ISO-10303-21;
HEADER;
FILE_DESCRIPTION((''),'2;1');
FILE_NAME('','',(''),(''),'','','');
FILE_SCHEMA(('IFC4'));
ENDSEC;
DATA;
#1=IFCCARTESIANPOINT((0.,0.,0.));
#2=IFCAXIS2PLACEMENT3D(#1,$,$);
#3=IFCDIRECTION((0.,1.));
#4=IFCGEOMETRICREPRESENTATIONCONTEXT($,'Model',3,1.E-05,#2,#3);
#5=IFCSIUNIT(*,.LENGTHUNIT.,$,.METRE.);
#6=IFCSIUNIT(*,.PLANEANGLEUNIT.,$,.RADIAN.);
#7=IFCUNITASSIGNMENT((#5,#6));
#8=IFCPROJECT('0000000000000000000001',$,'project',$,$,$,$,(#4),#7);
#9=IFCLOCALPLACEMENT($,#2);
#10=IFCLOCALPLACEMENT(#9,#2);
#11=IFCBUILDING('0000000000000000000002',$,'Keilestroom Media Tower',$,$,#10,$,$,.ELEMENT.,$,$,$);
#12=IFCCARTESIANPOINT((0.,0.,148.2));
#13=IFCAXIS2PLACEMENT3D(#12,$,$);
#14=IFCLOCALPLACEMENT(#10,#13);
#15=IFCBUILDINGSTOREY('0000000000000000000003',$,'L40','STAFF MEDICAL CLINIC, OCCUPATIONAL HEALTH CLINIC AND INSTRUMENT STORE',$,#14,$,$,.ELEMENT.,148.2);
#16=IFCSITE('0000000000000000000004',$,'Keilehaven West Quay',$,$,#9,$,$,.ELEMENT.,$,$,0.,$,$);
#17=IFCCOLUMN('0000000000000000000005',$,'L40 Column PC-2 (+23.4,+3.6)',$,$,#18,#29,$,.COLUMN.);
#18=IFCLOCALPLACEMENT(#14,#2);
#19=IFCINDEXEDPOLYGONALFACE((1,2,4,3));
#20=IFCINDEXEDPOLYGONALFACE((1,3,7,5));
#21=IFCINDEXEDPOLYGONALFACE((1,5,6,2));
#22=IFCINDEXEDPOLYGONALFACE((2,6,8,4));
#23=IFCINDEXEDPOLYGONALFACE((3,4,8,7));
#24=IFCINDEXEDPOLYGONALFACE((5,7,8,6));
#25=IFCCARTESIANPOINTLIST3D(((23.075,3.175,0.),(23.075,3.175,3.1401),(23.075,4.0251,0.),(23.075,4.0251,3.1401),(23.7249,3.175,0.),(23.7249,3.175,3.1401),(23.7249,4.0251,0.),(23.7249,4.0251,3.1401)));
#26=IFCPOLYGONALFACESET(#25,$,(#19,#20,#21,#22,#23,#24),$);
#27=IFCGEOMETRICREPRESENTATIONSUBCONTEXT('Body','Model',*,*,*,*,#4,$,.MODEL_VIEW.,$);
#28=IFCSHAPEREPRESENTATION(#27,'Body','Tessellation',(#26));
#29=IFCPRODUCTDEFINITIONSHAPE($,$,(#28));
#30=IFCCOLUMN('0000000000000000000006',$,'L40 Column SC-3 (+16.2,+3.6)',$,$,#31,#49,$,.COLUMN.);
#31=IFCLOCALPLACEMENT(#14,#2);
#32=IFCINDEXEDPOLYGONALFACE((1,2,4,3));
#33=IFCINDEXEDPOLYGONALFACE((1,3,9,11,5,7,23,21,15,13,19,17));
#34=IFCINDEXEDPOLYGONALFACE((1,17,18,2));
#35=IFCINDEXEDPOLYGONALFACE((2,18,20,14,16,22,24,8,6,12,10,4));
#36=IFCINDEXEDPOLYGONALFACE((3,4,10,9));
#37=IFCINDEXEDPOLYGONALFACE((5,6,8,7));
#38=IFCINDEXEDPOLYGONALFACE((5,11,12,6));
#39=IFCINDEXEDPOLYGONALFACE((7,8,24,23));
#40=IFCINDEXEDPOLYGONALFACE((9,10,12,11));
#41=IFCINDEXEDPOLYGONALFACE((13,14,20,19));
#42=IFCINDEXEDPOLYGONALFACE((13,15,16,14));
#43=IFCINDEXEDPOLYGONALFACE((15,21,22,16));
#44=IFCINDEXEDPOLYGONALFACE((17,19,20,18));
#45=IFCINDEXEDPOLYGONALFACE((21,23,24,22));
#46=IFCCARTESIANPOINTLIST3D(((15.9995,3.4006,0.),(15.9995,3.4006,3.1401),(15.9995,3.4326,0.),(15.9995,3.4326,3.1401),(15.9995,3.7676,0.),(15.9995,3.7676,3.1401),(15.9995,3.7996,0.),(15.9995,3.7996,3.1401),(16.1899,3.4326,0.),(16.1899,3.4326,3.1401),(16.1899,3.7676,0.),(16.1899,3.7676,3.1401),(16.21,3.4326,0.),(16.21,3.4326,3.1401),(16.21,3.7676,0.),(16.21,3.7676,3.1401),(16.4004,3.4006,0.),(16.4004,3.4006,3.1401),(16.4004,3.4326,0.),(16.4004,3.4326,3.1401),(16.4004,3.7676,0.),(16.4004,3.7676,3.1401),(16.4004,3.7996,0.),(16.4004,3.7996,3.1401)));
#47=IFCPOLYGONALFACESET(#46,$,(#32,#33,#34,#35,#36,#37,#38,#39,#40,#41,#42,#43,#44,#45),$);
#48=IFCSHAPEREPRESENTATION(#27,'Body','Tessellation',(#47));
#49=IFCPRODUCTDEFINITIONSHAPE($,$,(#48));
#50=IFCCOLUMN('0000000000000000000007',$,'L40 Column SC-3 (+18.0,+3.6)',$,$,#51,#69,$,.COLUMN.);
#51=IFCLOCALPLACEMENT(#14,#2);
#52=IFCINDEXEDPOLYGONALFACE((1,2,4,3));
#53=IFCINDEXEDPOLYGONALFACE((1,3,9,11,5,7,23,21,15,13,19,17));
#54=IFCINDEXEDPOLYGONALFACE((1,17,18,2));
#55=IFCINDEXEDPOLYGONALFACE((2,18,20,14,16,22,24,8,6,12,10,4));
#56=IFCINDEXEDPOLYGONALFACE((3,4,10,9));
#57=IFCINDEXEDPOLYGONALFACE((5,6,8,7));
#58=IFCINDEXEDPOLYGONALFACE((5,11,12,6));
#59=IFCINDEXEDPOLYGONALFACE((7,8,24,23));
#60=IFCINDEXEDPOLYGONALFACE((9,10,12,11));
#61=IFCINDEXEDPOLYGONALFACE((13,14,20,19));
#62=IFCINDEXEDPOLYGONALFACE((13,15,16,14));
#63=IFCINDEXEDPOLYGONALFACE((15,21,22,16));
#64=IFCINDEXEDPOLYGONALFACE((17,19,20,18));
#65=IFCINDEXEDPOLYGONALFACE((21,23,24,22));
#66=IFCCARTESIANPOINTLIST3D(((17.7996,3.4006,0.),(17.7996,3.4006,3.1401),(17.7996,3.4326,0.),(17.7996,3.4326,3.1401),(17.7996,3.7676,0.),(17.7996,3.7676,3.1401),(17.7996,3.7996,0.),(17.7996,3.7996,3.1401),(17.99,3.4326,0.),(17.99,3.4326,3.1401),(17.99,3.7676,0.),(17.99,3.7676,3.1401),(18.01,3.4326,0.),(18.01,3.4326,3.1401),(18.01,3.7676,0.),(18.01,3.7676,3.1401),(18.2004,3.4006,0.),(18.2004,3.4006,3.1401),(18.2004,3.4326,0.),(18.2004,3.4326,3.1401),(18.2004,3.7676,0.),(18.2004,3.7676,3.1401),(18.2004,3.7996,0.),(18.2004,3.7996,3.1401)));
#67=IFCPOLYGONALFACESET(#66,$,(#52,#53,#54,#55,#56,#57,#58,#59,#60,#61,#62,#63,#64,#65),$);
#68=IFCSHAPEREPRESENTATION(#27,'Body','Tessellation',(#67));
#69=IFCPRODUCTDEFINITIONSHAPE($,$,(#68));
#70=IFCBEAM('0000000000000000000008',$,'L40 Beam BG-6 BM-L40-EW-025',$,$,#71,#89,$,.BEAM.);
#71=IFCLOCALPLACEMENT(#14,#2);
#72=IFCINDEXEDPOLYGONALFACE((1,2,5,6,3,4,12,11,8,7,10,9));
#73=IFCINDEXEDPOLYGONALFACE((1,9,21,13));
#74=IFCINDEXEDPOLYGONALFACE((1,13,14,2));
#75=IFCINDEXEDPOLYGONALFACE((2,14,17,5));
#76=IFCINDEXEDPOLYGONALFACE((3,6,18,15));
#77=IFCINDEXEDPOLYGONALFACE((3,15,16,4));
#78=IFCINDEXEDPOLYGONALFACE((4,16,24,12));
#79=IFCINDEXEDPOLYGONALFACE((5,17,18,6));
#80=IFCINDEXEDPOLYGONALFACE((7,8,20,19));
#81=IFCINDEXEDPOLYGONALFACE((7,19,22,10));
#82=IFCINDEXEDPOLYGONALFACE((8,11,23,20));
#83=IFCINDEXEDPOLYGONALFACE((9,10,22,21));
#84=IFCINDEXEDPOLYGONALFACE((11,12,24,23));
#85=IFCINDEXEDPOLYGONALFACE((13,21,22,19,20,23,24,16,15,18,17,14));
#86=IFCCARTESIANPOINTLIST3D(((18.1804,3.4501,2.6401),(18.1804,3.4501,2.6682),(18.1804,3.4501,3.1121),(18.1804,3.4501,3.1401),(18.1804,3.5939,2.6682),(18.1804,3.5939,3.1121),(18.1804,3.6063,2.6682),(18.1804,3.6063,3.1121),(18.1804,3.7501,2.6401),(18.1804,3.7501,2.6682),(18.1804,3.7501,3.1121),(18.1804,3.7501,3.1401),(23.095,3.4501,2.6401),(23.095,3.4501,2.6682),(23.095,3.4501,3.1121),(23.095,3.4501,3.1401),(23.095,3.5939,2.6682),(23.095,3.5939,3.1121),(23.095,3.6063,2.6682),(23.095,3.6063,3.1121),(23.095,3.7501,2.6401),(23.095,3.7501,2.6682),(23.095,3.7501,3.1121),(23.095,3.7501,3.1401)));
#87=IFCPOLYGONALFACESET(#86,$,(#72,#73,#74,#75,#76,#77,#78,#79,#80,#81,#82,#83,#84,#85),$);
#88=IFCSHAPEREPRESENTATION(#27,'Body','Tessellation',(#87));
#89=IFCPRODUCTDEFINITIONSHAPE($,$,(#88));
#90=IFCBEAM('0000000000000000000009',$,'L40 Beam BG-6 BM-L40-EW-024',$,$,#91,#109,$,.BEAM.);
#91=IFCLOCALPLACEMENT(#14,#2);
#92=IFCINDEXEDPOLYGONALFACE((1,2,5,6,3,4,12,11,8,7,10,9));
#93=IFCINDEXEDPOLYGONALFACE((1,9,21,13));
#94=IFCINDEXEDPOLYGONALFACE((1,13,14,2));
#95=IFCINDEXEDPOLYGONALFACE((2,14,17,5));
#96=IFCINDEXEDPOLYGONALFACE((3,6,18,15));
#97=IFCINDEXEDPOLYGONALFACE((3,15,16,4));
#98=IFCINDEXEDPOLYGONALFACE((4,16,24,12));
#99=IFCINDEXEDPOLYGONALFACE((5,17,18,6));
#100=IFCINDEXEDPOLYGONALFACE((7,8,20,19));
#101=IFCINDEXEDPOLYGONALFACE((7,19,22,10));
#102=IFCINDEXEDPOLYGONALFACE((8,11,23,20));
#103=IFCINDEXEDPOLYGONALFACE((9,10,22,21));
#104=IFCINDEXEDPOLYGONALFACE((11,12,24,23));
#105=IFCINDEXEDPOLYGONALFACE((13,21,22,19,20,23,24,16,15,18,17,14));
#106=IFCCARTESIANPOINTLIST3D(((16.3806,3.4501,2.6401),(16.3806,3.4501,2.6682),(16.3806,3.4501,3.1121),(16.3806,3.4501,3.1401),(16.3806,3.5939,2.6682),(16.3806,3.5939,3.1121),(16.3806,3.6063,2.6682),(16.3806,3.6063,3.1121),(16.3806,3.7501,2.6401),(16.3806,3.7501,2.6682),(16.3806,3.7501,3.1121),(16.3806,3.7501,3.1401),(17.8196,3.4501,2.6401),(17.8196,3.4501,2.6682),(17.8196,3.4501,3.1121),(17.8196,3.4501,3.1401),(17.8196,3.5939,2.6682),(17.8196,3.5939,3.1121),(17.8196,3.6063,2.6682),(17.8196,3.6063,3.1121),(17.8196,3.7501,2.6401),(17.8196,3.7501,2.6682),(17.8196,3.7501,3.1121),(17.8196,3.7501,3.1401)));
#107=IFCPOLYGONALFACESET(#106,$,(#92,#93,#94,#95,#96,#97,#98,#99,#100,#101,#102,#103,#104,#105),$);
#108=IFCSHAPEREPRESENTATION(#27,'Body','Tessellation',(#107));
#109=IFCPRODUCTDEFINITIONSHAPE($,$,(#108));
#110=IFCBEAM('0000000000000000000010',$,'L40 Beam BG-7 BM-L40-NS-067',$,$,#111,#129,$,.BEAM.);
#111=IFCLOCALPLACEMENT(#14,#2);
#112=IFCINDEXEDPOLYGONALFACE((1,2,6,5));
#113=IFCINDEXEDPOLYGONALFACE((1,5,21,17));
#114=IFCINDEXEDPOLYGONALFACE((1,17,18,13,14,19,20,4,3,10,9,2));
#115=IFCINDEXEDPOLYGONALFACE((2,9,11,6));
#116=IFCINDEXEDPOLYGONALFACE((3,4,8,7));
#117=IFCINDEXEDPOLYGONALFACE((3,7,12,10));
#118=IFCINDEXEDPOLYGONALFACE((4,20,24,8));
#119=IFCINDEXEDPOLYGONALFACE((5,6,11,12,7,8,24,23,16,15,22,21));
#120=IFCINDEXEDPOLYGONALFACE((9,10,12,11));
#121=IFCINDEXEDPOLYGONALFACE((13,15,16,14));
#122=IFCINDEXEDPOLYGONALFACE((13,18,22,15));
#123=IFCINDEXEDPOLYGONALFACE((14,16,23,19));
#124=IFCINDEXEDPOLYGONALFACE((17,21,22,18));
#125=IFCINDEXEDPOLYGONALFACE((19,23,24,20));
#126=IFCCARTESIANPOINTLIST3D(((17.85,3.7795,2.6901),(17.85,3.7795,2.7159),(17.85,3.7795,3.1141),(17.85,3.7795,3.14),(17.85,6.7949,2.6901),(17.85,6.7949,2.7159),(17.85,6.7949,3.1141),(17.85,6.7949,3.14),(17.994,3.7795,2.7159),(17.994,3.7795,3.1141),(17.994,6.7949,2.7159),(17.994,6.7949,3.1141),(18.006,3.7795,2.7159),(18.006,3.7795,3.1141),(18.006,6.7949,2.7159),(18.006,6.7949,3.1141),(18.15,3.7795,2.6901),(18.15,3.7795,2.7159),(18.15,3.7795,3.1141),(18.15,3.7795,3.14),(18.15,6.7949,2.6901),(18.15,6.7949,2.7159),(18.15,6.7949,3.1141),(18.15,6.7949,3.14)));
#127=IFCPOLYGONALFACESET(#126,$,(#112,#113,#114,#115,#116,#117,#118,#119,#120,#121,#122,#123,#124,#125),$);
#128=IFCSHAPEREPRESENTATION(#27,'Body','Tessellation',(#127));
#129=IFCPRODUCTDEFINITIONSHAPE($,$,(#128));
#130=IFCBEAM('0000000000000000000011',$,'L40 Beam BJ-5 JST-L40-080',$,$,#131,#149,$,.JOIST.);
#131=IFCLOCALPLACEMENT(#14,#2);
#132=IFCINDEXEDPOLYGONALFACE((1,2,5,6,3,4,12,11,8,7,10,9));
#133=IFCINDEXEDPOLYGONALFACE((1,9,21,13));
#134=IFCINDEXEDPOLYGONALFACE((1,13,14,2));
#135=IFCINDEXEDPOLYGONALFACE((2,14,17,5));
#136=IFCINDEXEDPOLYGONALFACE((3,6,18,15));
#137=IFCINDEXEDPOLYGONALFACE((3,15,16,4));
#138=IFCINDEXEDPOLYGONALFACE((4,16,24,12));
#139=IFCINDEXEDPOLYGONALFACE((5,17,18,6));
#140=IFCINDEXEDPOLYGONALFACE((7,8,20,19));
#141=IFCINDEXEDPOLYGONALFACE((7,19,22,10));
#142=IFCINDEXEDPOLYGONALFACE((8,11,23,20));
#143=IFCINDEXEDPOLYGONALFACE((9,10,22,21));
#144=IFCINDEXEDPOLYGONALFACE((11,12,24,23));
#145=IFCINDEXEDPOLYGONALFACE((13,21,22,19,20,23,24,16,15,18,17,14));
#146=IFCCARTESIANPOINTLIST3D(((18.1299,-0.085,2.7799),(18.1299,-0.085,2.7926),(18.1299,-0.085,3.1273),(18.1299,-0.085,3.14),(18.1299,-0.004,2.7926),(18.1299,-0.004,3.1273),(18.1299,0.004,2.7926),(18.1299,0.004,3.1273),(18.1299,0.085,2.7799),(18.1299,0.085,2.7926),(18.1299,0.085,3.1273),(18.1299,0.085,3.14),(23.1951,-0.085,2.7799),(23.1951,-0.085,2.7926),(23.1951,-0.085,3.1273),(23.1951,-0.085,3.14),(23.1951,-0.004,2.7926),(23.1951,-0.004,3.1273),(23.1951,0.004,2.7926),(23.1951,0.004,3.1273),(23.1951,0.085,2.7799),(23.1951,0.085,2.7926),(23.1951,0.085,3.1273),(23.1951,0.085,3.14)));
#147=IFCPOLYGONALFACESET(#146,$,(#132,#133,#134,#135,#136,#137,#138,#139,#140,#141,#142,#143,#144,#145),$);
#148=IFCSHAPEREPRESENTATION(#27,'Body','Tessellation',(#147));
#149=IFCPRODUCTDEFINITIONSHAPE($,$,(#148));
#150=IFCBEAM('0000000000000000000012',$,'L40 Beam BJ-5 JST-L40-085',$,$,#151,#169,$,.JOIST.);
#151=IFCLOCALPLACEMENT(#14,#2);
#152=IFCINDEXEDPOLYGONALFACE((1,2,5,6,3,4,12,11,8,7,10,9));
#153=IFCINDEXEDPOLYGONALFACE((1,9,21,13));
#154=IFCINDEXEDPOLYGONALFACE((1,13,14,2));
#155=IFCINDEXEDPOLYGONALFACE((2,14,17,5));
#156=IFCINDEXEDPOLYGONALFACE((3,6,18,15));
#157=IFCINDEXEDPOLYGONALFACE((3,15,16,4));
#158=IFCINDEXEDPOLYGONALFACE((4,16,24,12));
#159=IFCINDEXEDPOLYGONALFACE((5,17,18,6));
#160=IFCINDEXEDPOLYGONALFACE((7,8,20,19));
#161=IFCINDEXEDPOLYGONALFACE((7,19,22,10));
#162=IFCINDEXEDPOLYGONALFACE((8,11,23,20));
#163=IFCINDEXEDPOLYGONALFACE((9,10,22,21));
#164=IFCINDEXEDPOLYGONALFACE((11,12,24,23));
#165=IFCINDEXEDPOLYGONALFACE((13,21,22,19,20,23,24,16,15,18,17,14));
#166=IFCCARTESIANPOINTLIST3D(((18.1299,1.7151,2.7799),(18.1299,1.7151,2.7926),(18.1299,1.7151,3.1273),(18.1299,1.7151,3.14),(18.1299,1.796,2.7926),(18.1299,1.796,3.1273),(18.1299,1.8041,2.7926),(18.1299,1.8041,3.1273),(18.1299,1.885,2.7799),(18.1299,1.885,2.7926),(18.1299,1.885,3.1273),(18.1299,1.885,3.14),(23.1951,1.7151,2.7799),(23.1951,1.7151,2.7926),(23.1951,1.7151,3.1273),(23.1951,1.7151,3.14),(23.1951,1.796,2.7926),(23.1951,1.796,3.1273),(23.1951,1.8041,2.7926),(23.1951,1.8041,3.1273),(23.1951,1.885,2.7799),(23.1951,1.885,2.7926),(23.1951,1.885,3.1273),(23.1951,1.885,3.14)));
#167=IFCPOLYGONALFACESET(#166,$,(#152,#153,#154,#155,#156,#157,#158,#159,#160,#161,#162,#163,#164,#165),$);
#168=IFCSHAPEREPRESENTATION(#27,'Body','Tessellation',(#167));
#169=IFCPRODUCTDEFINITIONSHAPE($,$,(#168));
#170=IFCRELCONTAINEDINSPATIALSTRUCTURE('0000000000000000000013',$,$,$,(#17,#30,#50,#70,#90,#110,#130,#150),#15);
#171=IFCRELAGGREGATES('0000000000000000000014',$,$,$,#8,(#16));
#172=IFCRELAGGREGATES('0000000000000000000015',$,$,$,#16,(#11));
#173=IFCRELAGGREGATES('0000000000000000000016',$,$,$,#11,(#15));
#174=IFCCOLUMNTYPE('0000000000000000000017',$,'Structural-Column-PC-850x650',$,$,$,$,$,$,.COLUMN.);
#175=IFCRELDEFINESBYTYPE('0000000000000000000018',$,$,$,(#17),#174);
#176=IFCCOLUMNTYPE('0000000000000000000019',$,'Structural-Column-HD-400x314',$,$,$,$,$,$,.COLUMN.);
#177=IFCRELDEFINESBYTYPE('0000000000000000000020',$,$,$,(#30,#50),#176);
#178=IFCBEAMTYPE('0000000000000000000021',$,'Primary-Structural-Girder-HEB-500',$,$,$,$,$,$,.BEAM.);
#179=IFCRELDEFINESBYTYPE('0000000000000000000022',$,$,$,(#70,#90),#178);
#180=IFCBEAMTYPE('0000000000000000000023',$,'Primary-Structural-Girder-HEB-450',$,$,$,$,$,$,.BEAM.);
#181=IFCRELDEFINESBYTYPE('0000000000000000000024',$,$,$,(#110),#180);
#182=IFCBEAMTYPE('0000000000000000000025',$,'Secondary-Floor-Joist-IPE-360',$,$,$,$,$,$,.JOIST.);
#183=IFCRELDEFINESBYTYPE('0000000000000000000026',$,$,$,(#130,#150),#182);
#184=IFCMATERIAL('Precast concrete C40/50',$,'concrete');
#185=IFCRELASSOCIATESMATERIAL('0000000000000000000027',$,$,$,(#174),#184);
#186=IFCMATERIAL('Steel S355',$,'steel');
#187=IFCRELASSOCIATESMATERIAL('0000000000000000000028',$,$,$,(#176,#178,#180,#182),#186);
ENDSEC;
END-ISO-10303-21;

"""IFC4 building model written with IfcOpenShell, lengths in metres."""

from ifc_helpers import new_model, si_unit, direction, frame, origin, origin_2d, place, context, subcontext, project, spatial, rectangle, i_section, extrude, source, transform, mapped, material, material_profile, profile_set, type_object, element, save


model = new_model("IFC4")

# Units and contexts
model_context = context("Model", 3, precision=1e-05, world=origin(), true_north=direction((0.0, 1.0)))
body_context = subcontext(model_context, "Body", "Model", "MODEL_VIEW")
ifc_project = project(units=[si_unit("LENGTHUNIT", "METRE"), si_unit("PLANEANGLEUNIT", "RADIAN")], contexts=[model_context])

# Site, building, storey
site_placement = place(None, origin())
site = spatial("IfcSite", under=ifc_project, at=site_placement, Name="Keilehaven West Quay", CompositionType="ELEMENT", RefElevation=0.0)
building_placement = place(site_placement, origin())
building = spatial("IfcBuilding", under=site, at=building_placement, Name="Keilestroom Media Tower", CompositionType="ELEMENT")
storey_placement = place(building_placement, frame((0.0, 0.0, 148.2)))
storey = spatial("IfcBuildingStorey", under=building, at=storey_placement, Name="L40", Description="STAFF MEDICAL CLINIC, OCCUPATIONAL HEALTH CLINIC AND INSTRUMENT STORE", CompositionType="ELEMENT", Elevation=148.2)

# Columns
ifc_material_1 = material(Name="Precast concrete C40/50", Category="concrete")
ifc_material_profile_1 = material_profile(ifc_material_1, rectangle(XDim=0.6499, YDim=0.8501, at=origin_2d()), Name="PC 850x650")
ifc_profile_set_1 = profile_set([ifc_material_profile_1], Name="Precast concrete C40/50")
column_type_1 = type_object("IfcColumnType", Name="Structural-Column-PC-850x650", PredefinedType="COLUMN", material=ifc_profile_set_1)
shared_shape_1 = source(origin(), body_context, "Body", "SweptSolid", [
    extrude(rectangle(XDim=0.6499, YDim=0.8501, at=origin_2d()), origin(), (0.0, 0.0, 1.0), 3.1401),
])
column_placement = place(storey_placement, frame((23.3999, 3.6001, 0.0), z_axis=(0.0, 0.0, 1.0), x_axis=(1.0, 0.0, 0.0)))
element("IfcColumn", 1, at=column_placement, inside=storey, type_object=column_type_1, Name="L40 Column PC-2 (+23.4,+3.6)", PredefinedType="COLUMN", context=body_context, shape_type="MappedRepresentation", body=[
    mapped(shared_shape_1, transform((0.0, 0.0, 0.0), x_axis=(1.0, 0.0, 0.0), y_axis=(0.0, 1.0, 0.0), z_axis=(0.0, 0.0, 1.0), scale=1.0)),
])
ifc_material_2 = material(Name="Steel S355", Category="steel")
ifc_material_profile_2 = material_profile(ifc_material_2, i_section(OverallWidth=0.4009, OverallDepth=0.3989, WebThickness=0.02, FlangeThickness=0.032, at=origin_2d()), Name="HD 400x314")
ifc_profile_set_2 = profile_set([ifc_material_profile_2], Name="Steel S355")
column_type_2 = type_object("IfcColumnType", Name="Structural-Column-HD-400x314", PredefinedType="COLUMN", material=ifc_profile_set_2)
shared_shape_2 = source(origin(), body_context, "Body", "SweptSolid", [
    extrude(i_section(OverallWidth=0.4009, OverallDepth=0.3989, WebThickness=0.02, FlangeThickness=0.032, at=origin_2d()), origin(), (0.0, 0.0, 1.0), 3.1401),
])
for number, where, z_axis, x_axis, name in (
    (2, (16.2, 3.6001, 0.0), (0.0, 0.0, 1.0), (1.0, 0.0, 0.0), "L40 Column SC-3 (+16.2,+3.6)"),
    (3, (18.0, 3.6001, 0.0), (0.0, 0.0, 1.0), (1.0, 0.0, 0.0), "L40 Column SC-3 (+18.0,+3.6)"),
):
    element("IfcColumn", number, at=place(storey_placement, frame(where, z_axis=z_axis, x_axis=x_axis)), inside=storey, type_object=column_type_2, Name=name, PredefinedType="COLUMN", context=body_context, shape_type="MappedRepresentation", body=[
        mapped(shared_shape_2, transform((0.0, 0.0, 0.0), x_axis=(1.0, 0.0, 0.0), y_axis=(0.0, 1.0, 0.0), z_axis=(0.0, 0.0, 1.0), scale=1.0)),
    ])

# Beams
ifc_material_profile_3 = material_profile(ifc_material_2, i_section(OverallWidth=0.3, OverallDepth=0.5, WebThickness=0.0125, FlangeThickness=0.0281, at=origin_2d()), Name="HEB 500")
ifc_profile_set_3 = profile_set([ifc_material_profile_3], Name="Steel S355")
beam_type_1 = type_object("IfcBeamType", Name="Primary-Structural-Girder-HEB-500", PredefinedType="BEAM", material=ifc_profile_set_3)
shared_shape_3 = source(origin(), body_context, "Body", "SweptSolid", [
    extrude(i_section(OverallWidth=0.3, OverallDepth=0.5, WebThickness=0.0125, FlangeThickness=0.0281, at=origin_2d()), origin(), (0.0, 0.0, 1.0), 4.9146),
])
beam_1_placement = place(storey_placement, frame((18.1804, 3.6001, 2.8901), z_axis=(1.0, 0.0, 0.0), x_axis=(0.0, 1.0, 0.0)))
element("IfcBeam", 4, at=beam_1_placement, inside=storey, type_object=beam_type_1, Name="L40 Beam BG-6 BM-L40-EW-025", PredefinedType="BEAM", context=body_context, shape_type="MappedRepresentation", body=[
    mapped(shared_shape_3, transform((0.0, 0.0, 0.0), x_axis=(1.0, 0.0, 0.0), y_axis=(0.0, 1.0, 0.0), z_axis=(0.0, 0.0, 1.0), scale=1.0)),
])
shared_shape_4 = source(origin(), body_context, "Body", "SweptSolid", [
    extrude(i_section(OverallWidth=0.3, OverallDepth=0.5, WebThickness=0.0125, FlangeThickness=0.0281, at=origin_2d()), origin(), (0.0, 0.0, 1.0), 1.439),
])
beam_2_placement = place(storey_placement, frame((16.3806, 3.6001, 2.8901), z_axis=(1.0, 0.0, 0.0), x_axis=(0.0, 1.0, 0.0)))
element("IfcBeam", 5, at=beam_2_placement, inside=storey, type_object=beam_type_1, Name="L40 Beam BG-6 BM-L40-EW-024", PredefinedType="BEAM", context=body_context, shape_type="MappedRepresentation", body=[
    mapped(shared_shape_4, transform((0.0, 0.0, 0.0), x_axis=(1.0, 0.0, 0.0), y_axis=(0.0, 1.0, 0.0), z_axis=(0.0, 0.0, 1.0), scale=1.0)),
])
ifc_material_profile_4 = material_profile(ifc_material_2, i_section(OverallWidth=0.3, OverallDepth=0.45, WebThickness=0.012, FlangeThickness=0.0259, at=origin_2d()), Name="HEB 450")
ifc_profile_set_4 = profile_set([ifc_material_profile_4], Name="Steel S355")
beam_type_2 = type_object("IfcBeamType", Name="Primary-Structural-Girder-HEB-450", PredefinedType="BEAM", material=ifc_profile_set_4)
shared_shape_5 = source(origin(), body_context, "Body", "SweptSolid", [
    extrude(i_section(OverallWidth=0.3, OverallDepth=0.45, WebThickness=0.012, FlangeThickness=0.0259, at=origin_2d()), origin(), (0.0, 0.0, 1.0), 3.0154),
])
beam_3_placement = place(storey_placement, frame((18.0, 3.7795, 2.915), z_axis=(0.0, 1.0, 0.0), x_axis=(-1.0, 0.0, 0.0)))
element("IfcBeam", 6, at=beam_3_placement, inside=storey, type_object=beam_type_2, Name="L40 Beam BG-7 BM-L40-NS-067", PredefinedType="BEAM", context=body_context, shape_type="MappedRepresentation", body=[
    mapped(shared_shape_5, transform((0.0, 0.0, 0.0), x_axis=(1.0, 0.0, 0.0), y_axis=(0.0, 1.0, 0.0), z_axis=(0.0, 0.0, 1.0), scale=1.0)),
])
ifc_material_profile_5 = material_profile(ifc_material_2, i_section(OverallWidth=0.1699, OverallDepth=0.3601, WebThickness=0.0081, FlangeThickness=0.0127, at=origin_2d()), Name="IPE 360")
ifc_profile_set_5 = profile_set([ifc_material_profile_5], Name="Steel S355")
beam_type_3 = type_object("IfcBeamType", Name="Secondary-Floor-Joist-IPE-360", PredefinedType="JOIST", material=ifc_profile_set_5)
shared_shape_6 = source(origin(), body_context, "Body", "SweptSolid", [
    extrude(i_section(OverallWidth=0.1699, OverallDepth=0.3601, WebThickness=0.0081, FlangeThickness=0.0127, at=origin_2d()), origin(), (0.0, 0.0, 1.0), 5.0652),
])
for number, where, z_axis, x_axis, name in (
    (7, (18.1299, 0.0, 2.96), (1.0, 0.0, 0.0), (0.0, 1.0, 0.0), "L40 Beam BJ-5 JST-L40-080"),
    (8, (18.1299, 1.8, 2.96), (1.0, 0.0, 0.0), (0.0, 1.0, 0.0), "L40 Beam BJ-5 JST-L40-085"),
):
    element("IfcBeam", number, at=place(storey_placement, frame(where, z_axis=z_axis, x_axis=x_axis)), inside=storey, type_object=beam_type_3, Name=name, PredefinedType="JOIST", context=body_context, shape_type="MappedRepresentation", body=[
        mapped(shared_shape_6, transform((0.0, 0.0, 0.0), x_axis=(1.0, 0.0, 0.0), y_axis=(0.0, 1.0, 0.0), z_axis=(0.0, 0.0, 1.0), scale=1.0)),
    ])

save(model, "model.ifc")
